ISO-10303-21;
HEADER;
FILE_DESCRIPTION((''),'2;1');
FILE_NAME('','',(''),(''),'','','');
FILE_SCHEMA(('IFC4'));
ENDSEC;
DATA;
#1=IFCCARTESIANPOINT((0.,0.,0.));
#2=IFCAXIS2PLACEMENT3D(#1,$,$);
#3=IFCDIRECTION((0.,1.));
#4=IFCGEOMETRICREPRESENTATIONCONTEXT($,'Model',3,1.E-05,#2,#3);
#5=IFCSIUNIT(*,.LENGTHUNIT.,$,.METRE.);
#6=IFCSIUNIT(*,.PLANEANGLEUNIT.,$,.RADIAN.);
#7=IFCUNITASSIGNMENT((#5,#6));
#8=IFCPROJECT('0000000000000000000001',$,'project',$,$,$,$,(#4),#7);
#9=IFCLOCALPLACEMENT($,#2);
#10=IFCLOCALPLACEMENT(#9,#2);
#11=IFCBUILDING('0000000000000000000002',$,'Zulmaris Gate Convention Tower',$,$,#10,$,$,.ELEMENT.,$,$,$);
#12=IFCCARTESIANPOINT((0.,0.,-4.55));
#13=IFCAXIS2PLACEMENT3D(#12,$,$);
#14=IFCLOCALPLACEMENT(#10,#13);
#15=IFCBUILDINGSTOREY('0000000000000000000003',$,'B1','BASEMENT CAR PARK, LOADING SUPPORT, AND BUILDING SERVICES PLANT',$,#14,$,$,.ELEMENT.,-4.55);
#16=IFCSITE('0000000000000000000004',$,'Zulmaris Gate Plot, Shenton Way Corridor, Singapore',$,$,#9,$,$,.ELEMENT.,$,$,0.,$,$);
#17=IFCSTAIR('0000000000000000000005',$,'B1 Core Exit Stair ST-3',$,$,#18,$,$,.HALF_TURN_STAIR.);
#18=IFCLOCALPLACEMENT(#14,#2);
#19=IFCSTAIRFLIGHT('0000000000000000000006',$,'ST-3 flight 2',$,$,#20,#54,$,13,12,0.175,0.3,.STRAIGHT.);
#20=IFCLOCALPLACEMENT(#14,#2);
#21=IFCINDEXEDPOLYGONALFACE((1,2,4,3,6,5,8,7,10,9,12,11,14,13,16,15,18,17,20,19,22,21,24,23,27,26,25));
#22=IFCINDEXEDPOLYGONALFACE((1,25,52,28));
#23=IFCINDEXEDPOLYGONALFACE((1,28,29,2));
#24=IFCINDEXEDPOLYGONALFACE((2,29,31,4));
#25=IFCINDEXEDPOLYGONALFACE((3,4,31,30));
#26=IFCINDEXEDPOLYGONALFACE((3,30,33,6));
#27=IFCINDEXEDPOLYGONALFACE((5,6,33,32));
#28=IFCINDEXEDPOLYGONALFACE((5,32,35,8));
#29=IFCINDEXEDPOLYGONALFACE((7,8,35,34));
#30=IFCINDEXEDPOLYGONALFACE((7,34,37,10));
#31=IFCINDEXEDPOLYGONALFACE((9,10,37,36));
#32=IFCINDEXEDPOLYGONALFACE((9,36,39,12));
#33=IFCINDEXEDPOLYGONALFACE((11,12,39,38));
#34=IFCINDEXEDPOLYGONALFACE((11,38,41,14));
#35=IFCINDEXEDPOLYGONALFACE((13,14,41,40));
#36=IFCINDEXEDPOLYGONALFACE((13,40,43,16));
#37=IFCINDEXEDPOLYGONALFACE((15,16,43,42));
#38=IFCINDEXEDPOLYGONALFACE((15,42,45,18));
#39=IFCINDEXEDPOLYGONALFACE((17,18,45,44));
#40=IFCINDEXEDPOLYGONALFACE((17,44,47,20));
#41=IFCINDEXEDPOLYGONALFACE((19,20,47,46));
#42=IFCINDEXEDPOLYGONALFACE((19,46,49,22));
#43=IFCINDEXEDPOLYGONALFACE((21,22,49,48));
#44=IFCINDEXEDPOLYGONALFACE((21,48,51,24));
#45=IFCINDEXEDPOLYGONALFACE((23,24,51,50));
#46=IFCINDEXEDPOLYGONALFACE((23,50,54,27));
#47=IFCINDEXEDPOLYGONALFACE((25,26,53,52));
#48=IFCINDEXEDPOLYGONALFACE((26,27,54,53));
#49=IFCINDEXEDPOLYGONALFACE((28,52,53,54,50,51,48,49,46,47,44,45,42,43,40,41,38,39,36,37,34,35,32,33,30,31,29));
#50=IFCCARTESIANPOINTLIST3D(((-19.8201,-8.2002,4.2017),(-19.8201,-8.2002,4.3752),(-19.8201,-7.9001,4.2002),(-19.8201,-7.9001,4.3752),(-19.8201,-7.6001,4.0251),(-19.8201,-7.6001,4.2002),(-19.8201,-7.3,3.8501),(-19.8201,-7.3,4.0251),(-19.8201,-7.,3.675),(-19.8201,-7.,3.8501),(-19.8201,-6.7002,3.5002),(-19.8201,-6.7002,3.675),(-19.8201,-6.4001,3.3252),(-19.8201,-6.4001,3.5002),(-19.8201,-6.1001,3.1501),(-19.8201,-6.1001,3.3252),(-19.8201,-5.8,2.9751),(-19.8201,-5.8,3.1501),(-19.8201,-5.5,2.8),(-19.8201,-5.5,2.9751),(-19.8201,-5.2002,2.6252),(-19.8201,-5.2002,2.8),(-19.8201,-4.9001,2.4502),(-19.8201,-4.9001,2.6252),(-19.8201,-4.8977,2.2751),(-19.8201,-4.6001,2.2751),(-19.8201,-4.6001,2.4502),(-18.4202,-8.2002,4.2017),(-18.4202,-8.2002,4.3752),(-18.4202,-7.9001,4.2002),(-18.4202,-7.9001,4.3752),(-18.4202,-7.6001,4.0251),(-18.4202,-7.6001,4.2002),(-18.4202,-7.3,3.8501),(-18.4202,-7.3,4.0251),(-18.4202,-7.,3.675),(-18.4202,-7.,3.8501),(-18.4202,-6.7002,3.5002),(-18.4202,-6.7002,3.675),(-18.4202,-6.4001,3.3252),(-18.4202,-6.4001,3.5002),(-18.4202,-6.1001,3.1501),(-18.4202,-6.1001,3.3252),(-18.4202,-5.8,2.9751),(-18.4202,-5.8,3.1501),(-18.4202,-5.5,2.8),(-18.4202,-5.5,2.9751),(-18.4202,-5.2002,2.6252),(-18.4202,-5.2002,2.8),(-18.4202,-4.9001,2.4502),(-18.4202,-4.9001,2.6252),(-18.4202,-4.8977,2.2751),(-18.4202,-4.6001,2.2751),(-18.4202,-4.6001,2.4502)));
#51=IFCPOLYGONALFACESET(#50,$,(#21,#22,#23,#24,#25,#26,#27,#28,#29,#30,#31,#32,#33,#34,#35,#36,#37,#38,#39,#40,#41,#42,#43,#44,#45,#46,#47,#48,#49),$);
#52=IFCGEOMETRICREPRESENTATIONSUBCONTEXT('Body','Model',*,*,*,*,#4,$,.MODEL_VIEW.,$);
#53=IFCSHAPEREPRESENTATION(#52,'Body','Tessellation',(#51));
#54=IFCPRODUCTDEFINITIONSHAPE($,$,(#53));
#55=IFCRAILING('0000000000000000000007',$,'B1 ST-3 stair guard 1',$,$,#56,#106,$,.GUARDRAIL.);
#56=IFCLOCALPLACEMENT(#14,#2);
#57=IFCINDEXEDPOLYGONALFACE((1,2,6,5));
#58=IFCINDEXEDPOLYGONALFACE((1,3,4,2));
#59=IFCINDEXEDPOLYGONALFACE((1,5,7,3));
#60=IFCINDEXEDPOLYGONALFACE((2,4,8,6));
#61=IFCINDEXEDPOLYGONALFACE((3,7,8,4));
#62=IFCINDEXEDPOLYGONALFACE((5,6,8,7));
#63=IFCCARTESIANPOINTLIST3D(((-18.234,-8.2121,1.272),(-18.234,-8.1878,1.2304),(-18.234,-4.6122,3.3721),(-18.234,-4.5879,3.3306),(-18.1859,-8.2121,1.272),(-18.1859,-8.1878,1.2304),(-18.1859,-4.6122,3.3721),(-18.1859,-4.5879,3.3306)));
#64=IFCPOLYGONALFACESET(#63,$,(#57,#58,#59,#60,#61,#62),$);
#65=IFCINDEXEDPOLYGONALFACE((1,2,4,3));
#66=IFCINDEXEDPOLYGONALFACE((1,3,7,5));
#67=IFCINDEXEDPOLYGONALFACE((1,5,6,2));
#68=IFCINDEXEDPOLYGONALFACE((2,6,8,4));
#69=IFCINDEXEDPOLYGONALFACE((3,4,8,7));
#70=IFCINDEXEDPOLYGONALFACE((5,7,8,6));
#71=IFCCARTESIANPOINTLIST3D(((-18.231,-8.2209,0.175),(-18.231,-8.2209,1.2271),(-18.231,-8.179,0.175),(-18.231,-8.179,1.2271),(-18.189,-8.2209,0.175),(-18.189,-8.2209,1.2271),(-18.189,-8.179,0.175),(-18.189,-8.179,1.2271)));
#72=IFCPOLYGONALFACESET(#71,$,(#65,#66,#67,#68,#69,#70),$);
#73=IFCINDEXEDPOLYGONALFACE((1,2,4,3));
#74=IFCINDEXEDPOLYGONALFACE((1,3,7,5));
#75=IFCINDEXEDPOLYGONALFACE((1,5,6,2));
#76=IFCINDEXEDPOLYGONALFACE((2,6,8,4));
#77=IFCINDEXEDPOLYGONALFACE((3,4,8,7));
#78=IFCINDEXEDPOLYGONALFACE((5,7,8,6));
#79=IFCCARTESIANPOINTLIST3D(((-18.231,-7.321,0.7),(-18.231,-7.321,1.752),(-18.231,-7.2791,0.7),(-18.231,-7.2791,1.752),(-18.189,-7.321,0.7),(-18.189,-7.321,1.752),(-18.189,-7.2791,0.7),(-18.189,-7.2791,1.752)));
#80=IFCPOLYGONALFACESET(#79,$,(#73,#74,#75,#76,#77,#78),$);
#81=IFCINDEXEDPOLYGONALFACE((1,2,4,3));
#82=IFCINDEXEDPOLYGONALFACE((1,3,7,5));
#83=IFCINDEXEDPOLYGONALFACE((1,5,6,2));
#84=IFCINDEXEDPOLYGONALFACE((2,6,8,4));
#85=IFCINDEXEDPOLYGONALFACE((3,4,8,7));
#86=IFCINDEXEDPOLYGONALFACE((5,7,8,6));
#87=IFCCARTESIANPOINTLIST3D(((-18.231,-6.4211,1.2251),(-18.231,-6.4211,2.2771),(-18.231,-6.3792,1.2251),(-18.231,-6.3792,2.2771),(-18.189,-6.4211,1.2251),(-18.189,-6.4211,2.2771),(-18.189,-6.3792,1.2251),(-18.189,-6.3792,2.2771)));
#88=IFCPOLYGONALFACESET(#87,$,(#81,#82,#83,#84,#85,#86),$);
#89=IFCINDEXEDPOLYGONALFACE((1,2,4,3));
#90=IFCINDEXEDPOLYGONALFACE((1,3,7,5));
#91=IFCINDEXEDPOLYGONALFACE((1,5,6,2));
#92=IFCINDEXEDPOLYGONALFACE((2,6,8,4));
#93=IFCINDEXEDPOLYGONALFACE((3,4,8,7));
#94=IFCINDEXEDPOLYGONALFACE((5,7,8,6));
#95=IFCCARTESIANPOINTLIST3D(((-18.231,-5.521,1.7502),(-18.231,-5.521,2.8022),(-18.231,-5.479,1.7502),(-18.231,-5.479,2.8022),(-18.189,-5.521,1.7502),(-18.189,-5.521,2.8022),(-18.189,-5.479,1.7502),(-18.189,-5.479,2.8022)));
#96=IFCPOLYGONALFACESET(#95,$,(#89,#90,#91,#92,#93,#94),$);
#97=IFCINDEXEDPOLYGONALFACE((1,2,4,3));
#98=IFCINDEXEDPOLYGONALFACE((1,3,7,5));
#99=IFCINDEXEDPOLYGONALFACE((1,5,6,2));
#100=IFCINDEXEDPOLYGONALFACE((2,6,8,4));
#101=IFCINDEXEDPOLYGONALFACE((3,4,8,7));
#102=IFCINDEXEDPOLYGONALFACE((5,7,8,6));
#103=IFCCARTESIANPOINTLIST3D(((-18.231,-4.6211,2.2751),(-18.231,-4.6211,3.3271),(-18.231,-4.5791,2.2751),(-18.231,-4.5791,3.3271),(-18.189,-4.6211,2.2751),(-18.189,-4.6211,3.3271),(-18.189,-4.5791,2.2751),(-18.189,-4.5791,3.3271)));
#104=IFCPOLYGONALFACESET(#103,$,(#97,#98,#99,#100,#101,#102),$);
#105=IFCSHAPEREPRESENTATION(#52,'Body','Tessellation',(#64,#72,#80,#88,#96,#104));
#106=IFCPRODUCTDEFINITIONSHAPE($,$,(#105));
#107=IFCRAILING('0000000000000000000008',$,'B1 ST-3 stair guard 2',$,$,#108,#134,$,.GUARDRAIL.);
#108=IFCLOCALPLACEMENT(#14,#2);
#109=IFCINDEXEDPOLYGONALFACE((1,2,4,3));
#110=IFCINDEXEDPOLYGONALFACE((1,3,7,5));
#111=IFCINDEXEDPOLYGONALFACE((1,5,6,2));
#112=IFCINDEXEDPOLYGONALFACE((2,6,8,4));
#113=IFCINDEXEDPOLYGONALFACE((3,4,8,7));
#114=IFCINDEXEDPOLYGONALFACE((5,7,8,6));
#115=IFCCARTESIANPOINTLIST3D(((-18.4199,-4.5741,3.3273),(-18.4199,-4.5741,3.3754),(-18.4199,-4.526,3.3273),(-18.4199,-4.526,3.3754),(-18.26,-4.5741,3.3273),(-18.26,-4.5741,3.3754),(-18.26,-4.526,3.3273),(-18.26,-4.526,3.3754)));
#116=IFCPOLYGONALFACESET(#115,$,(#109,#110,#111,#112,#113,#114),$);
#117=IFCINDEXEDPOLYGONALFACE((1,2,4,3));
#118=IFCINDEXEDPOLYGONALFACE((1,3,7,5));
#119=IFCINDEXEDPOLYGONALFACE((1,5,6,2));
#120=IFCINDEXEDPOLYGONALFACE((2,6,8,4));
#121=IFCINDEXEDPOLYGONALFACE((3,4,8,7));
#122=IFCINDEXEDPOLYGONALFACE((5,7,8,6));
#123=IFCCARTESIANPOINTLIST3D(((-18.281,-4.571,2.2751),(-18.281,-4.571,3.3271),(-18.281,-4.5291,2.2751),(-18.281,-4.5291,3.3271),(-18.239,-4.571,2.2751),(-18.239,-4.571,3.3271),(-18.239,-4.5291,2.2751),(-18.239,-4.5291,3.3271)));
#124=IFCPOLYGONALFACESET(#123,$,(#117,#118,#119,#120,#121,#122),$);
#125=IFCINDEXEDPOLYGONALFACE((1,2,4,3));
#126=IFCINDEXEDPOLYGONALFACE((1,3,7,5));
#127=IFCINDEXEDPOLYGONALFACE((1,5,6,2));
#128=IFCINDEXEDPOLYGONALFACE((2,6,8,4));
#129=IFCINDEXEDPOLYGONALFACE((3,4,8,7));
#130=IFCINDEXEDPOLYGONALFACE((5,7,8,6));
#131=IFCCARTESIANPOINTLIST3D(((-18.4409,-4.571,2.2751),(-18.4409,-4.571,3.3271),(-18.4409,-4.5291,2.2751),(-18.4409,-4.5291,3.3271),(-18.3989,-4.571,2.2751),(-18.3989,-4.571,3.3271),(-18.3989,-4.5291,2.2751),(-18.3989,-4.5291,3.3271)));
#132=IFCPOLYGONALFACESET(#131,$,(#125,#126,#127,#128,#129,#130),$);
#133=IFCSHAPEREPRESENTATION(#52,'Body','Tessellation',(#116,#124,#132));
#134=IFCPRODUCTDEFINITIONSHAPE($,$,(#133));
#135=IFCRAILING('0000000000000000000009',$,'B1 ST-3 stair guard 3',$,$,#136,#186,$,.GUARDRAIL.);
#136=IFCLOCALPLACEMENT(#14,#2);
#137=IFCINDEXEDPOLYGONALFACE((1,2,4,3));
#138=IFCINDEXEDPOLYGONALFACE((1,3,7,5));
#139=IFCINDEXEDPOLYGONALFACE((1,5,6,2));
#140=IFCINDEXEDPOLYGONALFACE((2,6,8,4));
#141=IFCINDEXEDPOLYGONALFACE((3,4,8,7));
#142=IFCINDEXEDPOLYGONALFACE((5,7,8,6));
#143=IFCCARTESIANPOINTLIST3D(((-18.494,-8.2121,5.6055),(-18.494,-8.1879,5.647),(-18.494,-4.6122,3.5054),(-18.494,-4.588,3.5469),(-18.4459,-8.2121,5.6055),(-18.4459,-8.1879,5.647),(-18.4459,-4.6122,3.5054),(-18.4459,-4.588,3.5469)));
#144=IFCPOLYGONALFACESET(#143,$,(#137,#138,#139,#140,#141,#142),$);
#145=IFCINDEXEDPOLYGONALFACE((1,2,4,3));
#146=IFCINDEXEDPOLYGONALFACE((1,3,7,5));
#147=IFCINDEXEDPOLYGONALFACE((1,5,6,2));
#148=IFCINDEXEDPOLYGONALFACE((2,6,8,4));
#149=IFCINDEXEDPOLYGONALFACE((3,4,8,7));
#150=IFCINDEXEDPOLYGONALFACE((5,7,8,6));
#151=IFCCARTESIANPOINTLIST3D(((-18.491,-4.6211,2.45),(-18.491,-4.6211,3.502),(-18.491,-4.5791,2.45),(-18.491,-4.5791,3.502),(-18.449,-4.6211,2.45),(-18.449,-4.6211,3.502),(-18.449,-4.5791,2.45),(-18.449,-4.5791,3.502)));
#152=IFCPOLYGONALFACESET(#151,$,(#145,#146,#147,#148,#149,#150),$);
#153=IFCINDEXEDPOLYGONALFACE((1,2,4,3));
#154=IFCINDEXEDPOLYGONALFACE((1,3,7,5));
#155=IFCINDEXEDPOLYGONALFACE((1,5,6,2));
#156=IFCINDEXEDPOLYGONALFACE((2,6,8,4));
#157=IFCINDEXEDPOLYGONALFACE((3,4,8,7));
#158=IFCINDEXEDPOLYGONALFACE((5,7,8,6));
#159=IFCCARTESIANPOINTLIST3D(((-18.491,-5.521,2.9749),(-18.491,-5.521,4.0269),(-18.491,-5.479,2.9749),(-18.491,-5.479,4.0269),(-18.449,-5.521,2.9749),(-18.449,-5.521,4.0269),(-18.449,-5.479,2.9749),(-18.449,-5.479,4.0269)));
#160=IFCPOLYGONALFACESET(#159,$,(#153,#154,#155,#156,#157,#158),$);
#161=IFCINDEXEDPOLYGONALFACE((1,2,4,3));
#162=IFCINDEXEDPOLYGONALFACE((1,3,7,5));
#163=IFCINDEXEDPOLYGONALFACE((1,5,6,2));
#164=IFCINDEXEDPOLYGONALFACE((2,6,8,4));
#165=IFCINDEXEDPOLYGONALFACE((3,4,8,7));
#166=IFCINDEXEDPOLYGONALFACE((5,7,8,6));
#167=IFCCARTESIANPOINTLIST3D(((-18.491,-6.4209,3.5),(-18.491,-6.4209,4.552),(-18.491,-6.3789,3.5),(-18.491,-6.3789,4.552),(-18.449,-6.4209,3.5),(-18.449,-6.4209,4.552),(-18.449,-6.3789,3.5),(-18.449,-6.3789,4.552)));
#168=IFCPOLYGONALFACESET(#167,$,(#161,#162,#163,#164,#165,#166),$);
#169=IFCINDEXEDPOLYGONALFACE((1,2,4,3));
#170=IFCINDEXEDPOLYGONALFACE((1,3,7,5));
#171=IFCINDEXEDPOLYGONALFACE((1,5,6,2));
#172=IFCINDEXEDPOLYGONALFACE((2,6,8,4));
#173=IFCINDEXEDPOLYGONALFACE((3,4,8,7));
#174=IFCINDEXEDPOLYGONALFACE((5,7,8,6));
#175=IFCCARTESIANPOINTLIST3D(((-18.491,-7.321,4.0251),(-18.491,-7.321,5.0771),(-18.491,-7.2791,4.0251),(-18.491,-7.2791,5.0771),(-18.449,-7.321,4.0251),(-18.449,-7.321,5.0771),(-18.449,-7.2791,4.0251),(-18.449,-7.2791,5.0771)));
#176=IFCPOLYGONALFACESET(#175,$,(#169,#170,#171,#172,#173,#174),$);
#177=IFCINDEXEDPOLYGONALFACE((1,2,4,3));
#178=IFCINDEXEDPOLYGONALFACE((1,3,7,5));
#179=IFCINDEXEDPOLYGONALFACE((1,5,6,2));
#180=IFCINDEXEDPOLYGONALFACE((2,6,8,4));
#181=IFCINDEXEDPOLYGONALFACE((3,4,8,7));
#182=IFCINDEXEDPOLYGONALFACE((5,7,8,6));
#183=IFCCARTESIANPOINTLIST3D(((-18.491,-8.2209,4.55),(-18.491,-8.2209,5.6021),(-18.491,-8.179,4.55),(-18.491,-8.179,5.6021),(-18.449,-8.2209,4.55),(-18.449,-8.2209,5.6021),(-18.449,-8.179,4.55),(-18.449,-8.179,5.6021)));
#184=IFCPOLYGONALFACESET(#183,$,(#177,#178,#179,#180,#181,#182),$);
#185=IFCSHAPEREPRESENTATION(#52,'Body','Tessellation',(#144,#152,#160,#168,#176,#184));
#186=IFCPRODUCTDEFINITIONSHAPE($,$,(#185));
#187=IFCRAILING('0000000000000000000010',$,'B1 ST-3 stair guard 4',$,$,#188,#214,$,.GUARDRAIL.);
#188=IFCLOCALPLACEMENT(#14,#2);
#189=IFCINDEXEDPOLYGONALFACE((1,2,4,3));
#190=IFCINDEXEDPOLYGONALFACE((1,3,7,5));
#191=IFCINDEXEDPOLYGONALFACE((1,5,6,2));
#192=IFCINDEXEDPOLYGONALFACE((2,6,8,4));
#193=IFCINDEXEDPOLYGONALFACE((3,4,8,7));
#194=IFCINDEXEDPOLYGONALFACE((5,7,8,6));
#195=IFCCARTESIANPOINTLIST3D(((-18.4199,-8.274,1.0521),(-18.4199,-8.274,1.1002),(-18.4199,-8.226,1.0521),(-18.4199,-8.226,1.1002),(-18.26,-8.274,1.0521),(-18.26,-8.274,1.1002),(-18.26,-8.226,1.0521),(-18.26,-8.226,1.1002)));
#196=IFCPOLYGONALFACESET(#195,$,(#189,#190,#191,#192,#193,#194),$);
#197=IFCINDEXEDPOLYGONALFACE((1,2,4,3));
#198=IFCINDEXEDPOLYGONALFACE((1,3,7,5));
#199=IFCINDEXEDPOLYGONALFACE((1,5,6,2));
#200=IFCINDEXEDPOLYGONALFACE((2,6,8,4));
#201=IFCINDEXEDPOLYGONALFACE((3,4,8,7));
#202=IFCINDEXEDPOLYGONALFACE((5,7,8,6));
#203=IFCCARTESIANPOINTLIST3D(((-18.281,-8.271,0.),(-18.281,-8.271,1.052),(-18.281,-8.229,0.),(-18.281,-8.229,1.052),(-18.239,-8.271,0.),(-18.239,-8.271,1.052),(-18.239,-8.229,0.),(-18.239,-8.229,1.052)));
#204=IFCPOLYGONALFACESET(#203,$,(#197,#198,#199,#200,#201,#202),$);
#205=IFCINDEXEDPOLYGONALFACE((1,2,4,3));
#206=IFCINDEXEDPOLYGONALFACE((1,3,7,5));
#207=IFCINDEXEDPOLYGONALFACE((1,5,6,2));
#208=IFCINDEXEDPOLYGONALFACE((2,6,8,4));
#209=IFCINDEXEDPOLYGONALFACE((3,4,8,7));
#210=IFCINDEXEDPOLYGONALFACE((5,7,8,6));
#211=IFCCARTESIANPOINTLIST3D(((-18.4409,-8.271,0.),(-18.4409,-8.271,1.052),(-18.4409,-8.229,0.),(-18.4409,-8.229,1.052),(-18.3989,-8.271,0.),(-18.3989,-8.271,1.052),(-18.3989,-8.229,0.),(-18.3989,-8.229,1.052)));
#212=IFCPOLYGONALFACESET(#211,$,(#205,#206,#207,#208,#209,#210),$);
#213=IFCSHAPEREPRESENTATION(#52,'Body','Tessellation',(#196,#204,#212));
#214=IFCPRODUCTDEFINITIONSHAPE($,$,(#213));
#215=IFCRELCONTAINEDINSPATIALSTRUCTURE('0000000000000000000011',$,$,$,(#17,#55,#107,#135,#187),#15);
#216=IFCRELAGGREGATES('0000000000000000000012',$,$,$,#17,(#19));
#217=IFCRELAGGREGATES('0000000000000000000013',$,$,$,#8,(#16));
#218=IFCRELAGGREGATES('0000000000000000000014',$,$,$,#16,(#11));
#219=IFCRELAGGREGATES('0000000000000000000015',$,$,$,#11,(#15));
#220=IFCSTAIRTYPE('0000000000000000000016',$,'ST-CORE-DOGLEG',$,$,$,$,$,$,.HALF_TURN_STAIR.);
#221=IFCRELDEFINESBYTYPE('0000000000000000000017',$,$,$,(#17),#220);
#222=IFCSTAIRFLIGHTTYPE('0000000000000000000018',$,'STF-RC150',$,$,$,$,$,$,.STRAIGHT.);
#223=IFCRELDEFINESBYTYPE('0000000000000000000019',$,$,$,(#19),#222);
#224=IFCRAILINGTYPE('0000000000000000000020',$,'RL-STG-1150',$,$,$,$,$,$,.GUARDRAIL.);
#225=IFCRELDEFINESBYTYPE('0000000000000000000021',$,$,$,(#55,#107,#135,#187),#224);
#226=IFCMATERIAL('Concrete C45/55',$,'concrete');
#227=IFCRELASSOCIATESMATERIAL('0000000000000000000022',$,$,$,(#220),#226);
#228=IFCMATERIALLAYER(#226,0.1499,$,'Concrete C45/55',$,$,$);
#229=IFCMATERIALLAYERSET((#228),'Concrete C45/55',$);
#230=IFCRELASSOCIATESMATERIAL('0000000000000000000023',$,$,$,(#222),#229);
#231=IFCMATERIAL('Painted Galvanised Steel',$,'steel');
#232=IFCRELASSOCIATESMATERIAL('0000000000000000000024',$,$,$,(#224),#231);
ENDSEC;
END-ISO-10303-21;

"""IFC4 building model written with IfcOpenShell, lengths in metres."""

from ifc_helpers import new_model, si_unit, direction, frame, origin, origin_2d, place, context, subcontext, project, spatial, polyline, rectangle, outline, extrude, material, layer, layer_set, type_object, element, aggregate, save


model = new_model("IFC4")

# Units and contexts
model_context = context("Model", 3, precision=1e-05, world=origin(), true_north=direction((0.0, 1.0)))
body_context = subcontext(model_context, "Body", "Model", "MODEL_VIEW")
ifc_project = project(units=[si_unit("LENGTHUNIT", "METRE"), si_unit("PLANEANGLEUNIT", "RADIAN")], contexts=[model_context])

# Site, building, storey
site_placement = place(None, origin())
site = spatial("IfcSite", under=ifc_project, at=site_placement, Name="Zulmaris Gate Plot, Shenton Way Corridor, Singapore", CompositionType="ELEMENT", RefElevation=0.0)
building_placement = place(site_placement, origin())
building = spatial("IfcBuilding", under=site, at=building_placement, Name="Zulmaris Gate Convention Tower", CompositionType="ELEMENT")
storey_placement = place(building_placement, frame((0.0, 0.0, -4.55)))
storey = spatial("IfcBuildingStorey", under=building, at=storey_placement, Name="B1", Description="BASEMENT CAR PARK, LOADING SUPPORT, AND BUILDING SERVICES PLANT", CompositionType="ELEMENT", Elevation=-4.55)

# Stair, stair flight
ifc_material_1 = material(Name="Concrete C45/55", Category="concrete")
stair_type = type_object("IfcStairType", Name="ST-CORE-DOGLEG", PredefinedType="HALF_TURN_STAIR", material=ifc_material_1)
stair_placement = place(storey_placement, origin())
stair = element("IfcStair", 1, at=stair_placement, inside=storey, type_object=stair_type, Name="B1 Core Exit Stair ST-3", PredefinedType="HALF_TURN_STAIR")
ifc_layer_1 = layer(ifc_material_1, 0.1499, Name="Concrete C45/55")
ifc_layer_set_1 = layer_set([ifc_layer_1], Name="Concrete C45/55")
stair_flight_type = type_object("IfcStairFlightType", Name="STF-RC150", PredefinedType="STRAIGHT", material=ifc_layer_set_1)
stair_flight_1_placement = place(storey_placement, frame((-19.1201, -4.6001, 2.2751), z_axis=(0.0, 0.0, 1.0), x_axis=(0.0, -1.0, 0.0)))
stair_flight_1 = element("IfcStairFlight", 2, at=stair_flight_1_placement, type_object=stair_flight_type, Name="ST-3 flight 2", NumberOfRisers=13, NumberOfTreads=12, PredefinedType="STRAIGHT", RiserHeight=0.175, TreadLength=0.3, context=body_context, shape_type="SweptSolid", body=[
    extrude(outline(polyline([(0.0, 0.0), (0.0, 0.175), (0.3, 0.175), (0.3, 0.3501), (0.6001, 0.3501), (0.6001, 0.5249), (0.8999, 0.5249), (0.8999, 0.7), (1.2, 0.7), (1.2, 0.875), (1.5, 0.875), (1.5, 1.05), (1.8, 1.05), (1.8, 1.2251), (2.1001, 1.2251), (2.1001, 1.3999), (2.3999, 1.3999), (2.3999, 1.575), (2.7, 1.575), (2.7, 1.75), (3.0, 1.75), (3.0, 1.925), (3.3, 1.925), (3.3, 2.1001), (3.6001, 2.1001), (3.6001, 2.2749), (3.6001, 1.9265), (0.2976, 0.0), (0.0, 0.0)])), frame((0.0, 0.7, 0.0), z_axis=(0.0, -1.0, 0.0), x_axis=(1.0, 0.0, 0.0)), (0.0, 0.0, 1.0), 1.3999),
])
aggregate(stair, [stair_flight_1])

# Railings
ifc_material_2 = material(Name="Painted Galvanised Steel", Category="steel")
railing_type_1 = type_object("IfcRailingType", Name="RL-STG-1150", PredefinedType="GUARDRAIL", material=ifc_material_2)
railing_1_placement = place(storey_placement, frame((-18.21, -8.2, 0.175)))
element("IfcRailing", 3, at=railing_1_placement, inside=storey, type_object=railing_type_1, Name="B1 ST-3 stair guard 1", PredefinedType="GUARDRAIL", context=body_context, shape_type="SweptSolid", body=[
    extrude(rectangle(XDim=0.0481, YDim=0.0481, at=origin_2d()), frame((0.0, 0.0, 1.0762), z_axis=(0.0, 0.86376, 0.503904), x_axis=(-1.0, 0.0, 0.0)), (0.0, 0.0, 1.0), 4.1677),
    extrude(rectangle(XDim=0.042, YDim=0.042, at=origin_2d()), origin(), (0.0, 0.0, 1.0), 1.052),
    extrude(rectangle(XDim=0.042, YDim=0.042, at=origin_2d()), frame((0.0, 0.8999, 0.5249)), (0.0, 0.0, 1.0), 1.052),
    extrude(rectangle(XDim=0.042, YDim=0.042, at=origin_2d()), frame((0.0, 1.7998, 1.05)), (0.0, 0.0, 1.0), 1.052),
    extrude(rectangle(XDim=0.042, YDim=0.042, at=origin_2d()), frame((0.0, 2.7, 1.5752)), (0.0, 0.0, 1.0), 1.052),
    extrude(rectangle(XDim=0.042, YDim=0.042, at=origin_2d()), frame((0.0, 3.5999, 2.1001)), (0.0, 0.0, 1.0), 1.052),
])
railing_2_placement = place(storey_placement, frame((-18.26, -4.55, 2.2751)))
element("IfcRailing", 4, at=railing_2_placement, inside=storey, type_object=railing_type_1, Name="B1 ST-3 stair guard 2", PredefinedType="GUARDRAIL", context=body_context, shape_type="SweptSolid", body=[
    extrude(rectangle(XDim=0.0481, YDim=0.0481, at=origin_2d()), frame((0.0, 0.0, 1.0762), z_axis=(-1.0, 0.0, 0.0), x_axis=(0.0, -1.0, 0.0)), (0.0, 0.0, 1.0), 0.1599),
    extrude(rectangle(XDim=0.042, YDim=0.042, at=origin_2d()), origin(), (0.0, 0.0, 1.0), 1.052),
    extrude(rectangle(XDim=0.042, YDim=0.042, at=origin_2d()), frame((-0.1599, 0.0, 0.0)), (0.0, 0.0, 1.0), 1.052),
])
railing_3_placement = place(storey_placement, frame((-18.47, -4.6001, 2.45)))
element("IfcRailing", 5, at=railing_3_placement, inside=storey, type_object=railing_type_1, Name="B1 ST-3 stair guard 3", PredefinedType="GUARDRAIL", context=body_context, shape_type="SweptSolid", body=[
    extrude(rectangle(XDim=0.0481, YDim=0.0481, at=origin_2d()), frame((0.0, 0.0, 1.0762), z_axis=(0.0, -0.86376, 0.503904), x_axis=(1.0, 0.0, 0.0)), (0.0, 0.0, 1.0), 4.1677),
    extrude(rectangle(XDim=0.042, YDim=0.042, at=origin_2d()), origin(), (0.0, 0.0, 1.0), 1.052),
    extrude(rectangle(XDim=0.042, YDim=0.042, at=origin_2d()), frame((0.0, -0.8999, 0.5249)), (0.0, 0.0, 1.0), 1.052),
    extrude(rectangle(XDim=0.042, YDim=0.042, at=origin_2d()), frame((0.0, -1.7998, 1.05)), (0.0, 0.0, 1.0), 1.052),
    extrude(rectangle(XDim=0.042, YDim=0.042, at=origin_2d()), frame((0.0, -2.7, 1.5752)), (0.0, 0.0, 1.0), 1.052),
    extrude(rectangle(XDim=0.042, YDim=0.042, at=origin_2d()), frame((0.0, -3.5999, 2.1001)), (0.0, 0.0, 1.0), 1.052),
])
railing_4_placement = place(storey_placement, frame((-18.26, -8.25, 0.0)))
element("IfcRailing", 6, at=railing_4_placement, inside=storey, type_object=railing_type_1, Name="B1 ST-3 stair guard 4", PredefinedType="GUARDRAIL", context=body_context, shape_type="SweptSolid", body=[
    extrude(rectangle(XDim=0.0481, YDim=0.0481, at=origin_2d()), frame((0.0, 0.0, 1.0762), z_axis=(-1.0, 0.0, 0.0), x_axis=(0.0, -1.0, 0.0)), (0.0, 0.0, 1.0), 0.1599),
    extrude(rectangle(XDim=0.042, YDim=0.042, at=origin_2d()), origin(), (0.0, 0.0, 1.0), 1.052),
    extrude(rectangle(XDim=0.042, YDim=0.042, at=origin_2d()), frame((-0.1599, 0.0, 0.0)), (0.0, 0.0, 1.0), 1.052),
])

save(model, "model.ifc")
